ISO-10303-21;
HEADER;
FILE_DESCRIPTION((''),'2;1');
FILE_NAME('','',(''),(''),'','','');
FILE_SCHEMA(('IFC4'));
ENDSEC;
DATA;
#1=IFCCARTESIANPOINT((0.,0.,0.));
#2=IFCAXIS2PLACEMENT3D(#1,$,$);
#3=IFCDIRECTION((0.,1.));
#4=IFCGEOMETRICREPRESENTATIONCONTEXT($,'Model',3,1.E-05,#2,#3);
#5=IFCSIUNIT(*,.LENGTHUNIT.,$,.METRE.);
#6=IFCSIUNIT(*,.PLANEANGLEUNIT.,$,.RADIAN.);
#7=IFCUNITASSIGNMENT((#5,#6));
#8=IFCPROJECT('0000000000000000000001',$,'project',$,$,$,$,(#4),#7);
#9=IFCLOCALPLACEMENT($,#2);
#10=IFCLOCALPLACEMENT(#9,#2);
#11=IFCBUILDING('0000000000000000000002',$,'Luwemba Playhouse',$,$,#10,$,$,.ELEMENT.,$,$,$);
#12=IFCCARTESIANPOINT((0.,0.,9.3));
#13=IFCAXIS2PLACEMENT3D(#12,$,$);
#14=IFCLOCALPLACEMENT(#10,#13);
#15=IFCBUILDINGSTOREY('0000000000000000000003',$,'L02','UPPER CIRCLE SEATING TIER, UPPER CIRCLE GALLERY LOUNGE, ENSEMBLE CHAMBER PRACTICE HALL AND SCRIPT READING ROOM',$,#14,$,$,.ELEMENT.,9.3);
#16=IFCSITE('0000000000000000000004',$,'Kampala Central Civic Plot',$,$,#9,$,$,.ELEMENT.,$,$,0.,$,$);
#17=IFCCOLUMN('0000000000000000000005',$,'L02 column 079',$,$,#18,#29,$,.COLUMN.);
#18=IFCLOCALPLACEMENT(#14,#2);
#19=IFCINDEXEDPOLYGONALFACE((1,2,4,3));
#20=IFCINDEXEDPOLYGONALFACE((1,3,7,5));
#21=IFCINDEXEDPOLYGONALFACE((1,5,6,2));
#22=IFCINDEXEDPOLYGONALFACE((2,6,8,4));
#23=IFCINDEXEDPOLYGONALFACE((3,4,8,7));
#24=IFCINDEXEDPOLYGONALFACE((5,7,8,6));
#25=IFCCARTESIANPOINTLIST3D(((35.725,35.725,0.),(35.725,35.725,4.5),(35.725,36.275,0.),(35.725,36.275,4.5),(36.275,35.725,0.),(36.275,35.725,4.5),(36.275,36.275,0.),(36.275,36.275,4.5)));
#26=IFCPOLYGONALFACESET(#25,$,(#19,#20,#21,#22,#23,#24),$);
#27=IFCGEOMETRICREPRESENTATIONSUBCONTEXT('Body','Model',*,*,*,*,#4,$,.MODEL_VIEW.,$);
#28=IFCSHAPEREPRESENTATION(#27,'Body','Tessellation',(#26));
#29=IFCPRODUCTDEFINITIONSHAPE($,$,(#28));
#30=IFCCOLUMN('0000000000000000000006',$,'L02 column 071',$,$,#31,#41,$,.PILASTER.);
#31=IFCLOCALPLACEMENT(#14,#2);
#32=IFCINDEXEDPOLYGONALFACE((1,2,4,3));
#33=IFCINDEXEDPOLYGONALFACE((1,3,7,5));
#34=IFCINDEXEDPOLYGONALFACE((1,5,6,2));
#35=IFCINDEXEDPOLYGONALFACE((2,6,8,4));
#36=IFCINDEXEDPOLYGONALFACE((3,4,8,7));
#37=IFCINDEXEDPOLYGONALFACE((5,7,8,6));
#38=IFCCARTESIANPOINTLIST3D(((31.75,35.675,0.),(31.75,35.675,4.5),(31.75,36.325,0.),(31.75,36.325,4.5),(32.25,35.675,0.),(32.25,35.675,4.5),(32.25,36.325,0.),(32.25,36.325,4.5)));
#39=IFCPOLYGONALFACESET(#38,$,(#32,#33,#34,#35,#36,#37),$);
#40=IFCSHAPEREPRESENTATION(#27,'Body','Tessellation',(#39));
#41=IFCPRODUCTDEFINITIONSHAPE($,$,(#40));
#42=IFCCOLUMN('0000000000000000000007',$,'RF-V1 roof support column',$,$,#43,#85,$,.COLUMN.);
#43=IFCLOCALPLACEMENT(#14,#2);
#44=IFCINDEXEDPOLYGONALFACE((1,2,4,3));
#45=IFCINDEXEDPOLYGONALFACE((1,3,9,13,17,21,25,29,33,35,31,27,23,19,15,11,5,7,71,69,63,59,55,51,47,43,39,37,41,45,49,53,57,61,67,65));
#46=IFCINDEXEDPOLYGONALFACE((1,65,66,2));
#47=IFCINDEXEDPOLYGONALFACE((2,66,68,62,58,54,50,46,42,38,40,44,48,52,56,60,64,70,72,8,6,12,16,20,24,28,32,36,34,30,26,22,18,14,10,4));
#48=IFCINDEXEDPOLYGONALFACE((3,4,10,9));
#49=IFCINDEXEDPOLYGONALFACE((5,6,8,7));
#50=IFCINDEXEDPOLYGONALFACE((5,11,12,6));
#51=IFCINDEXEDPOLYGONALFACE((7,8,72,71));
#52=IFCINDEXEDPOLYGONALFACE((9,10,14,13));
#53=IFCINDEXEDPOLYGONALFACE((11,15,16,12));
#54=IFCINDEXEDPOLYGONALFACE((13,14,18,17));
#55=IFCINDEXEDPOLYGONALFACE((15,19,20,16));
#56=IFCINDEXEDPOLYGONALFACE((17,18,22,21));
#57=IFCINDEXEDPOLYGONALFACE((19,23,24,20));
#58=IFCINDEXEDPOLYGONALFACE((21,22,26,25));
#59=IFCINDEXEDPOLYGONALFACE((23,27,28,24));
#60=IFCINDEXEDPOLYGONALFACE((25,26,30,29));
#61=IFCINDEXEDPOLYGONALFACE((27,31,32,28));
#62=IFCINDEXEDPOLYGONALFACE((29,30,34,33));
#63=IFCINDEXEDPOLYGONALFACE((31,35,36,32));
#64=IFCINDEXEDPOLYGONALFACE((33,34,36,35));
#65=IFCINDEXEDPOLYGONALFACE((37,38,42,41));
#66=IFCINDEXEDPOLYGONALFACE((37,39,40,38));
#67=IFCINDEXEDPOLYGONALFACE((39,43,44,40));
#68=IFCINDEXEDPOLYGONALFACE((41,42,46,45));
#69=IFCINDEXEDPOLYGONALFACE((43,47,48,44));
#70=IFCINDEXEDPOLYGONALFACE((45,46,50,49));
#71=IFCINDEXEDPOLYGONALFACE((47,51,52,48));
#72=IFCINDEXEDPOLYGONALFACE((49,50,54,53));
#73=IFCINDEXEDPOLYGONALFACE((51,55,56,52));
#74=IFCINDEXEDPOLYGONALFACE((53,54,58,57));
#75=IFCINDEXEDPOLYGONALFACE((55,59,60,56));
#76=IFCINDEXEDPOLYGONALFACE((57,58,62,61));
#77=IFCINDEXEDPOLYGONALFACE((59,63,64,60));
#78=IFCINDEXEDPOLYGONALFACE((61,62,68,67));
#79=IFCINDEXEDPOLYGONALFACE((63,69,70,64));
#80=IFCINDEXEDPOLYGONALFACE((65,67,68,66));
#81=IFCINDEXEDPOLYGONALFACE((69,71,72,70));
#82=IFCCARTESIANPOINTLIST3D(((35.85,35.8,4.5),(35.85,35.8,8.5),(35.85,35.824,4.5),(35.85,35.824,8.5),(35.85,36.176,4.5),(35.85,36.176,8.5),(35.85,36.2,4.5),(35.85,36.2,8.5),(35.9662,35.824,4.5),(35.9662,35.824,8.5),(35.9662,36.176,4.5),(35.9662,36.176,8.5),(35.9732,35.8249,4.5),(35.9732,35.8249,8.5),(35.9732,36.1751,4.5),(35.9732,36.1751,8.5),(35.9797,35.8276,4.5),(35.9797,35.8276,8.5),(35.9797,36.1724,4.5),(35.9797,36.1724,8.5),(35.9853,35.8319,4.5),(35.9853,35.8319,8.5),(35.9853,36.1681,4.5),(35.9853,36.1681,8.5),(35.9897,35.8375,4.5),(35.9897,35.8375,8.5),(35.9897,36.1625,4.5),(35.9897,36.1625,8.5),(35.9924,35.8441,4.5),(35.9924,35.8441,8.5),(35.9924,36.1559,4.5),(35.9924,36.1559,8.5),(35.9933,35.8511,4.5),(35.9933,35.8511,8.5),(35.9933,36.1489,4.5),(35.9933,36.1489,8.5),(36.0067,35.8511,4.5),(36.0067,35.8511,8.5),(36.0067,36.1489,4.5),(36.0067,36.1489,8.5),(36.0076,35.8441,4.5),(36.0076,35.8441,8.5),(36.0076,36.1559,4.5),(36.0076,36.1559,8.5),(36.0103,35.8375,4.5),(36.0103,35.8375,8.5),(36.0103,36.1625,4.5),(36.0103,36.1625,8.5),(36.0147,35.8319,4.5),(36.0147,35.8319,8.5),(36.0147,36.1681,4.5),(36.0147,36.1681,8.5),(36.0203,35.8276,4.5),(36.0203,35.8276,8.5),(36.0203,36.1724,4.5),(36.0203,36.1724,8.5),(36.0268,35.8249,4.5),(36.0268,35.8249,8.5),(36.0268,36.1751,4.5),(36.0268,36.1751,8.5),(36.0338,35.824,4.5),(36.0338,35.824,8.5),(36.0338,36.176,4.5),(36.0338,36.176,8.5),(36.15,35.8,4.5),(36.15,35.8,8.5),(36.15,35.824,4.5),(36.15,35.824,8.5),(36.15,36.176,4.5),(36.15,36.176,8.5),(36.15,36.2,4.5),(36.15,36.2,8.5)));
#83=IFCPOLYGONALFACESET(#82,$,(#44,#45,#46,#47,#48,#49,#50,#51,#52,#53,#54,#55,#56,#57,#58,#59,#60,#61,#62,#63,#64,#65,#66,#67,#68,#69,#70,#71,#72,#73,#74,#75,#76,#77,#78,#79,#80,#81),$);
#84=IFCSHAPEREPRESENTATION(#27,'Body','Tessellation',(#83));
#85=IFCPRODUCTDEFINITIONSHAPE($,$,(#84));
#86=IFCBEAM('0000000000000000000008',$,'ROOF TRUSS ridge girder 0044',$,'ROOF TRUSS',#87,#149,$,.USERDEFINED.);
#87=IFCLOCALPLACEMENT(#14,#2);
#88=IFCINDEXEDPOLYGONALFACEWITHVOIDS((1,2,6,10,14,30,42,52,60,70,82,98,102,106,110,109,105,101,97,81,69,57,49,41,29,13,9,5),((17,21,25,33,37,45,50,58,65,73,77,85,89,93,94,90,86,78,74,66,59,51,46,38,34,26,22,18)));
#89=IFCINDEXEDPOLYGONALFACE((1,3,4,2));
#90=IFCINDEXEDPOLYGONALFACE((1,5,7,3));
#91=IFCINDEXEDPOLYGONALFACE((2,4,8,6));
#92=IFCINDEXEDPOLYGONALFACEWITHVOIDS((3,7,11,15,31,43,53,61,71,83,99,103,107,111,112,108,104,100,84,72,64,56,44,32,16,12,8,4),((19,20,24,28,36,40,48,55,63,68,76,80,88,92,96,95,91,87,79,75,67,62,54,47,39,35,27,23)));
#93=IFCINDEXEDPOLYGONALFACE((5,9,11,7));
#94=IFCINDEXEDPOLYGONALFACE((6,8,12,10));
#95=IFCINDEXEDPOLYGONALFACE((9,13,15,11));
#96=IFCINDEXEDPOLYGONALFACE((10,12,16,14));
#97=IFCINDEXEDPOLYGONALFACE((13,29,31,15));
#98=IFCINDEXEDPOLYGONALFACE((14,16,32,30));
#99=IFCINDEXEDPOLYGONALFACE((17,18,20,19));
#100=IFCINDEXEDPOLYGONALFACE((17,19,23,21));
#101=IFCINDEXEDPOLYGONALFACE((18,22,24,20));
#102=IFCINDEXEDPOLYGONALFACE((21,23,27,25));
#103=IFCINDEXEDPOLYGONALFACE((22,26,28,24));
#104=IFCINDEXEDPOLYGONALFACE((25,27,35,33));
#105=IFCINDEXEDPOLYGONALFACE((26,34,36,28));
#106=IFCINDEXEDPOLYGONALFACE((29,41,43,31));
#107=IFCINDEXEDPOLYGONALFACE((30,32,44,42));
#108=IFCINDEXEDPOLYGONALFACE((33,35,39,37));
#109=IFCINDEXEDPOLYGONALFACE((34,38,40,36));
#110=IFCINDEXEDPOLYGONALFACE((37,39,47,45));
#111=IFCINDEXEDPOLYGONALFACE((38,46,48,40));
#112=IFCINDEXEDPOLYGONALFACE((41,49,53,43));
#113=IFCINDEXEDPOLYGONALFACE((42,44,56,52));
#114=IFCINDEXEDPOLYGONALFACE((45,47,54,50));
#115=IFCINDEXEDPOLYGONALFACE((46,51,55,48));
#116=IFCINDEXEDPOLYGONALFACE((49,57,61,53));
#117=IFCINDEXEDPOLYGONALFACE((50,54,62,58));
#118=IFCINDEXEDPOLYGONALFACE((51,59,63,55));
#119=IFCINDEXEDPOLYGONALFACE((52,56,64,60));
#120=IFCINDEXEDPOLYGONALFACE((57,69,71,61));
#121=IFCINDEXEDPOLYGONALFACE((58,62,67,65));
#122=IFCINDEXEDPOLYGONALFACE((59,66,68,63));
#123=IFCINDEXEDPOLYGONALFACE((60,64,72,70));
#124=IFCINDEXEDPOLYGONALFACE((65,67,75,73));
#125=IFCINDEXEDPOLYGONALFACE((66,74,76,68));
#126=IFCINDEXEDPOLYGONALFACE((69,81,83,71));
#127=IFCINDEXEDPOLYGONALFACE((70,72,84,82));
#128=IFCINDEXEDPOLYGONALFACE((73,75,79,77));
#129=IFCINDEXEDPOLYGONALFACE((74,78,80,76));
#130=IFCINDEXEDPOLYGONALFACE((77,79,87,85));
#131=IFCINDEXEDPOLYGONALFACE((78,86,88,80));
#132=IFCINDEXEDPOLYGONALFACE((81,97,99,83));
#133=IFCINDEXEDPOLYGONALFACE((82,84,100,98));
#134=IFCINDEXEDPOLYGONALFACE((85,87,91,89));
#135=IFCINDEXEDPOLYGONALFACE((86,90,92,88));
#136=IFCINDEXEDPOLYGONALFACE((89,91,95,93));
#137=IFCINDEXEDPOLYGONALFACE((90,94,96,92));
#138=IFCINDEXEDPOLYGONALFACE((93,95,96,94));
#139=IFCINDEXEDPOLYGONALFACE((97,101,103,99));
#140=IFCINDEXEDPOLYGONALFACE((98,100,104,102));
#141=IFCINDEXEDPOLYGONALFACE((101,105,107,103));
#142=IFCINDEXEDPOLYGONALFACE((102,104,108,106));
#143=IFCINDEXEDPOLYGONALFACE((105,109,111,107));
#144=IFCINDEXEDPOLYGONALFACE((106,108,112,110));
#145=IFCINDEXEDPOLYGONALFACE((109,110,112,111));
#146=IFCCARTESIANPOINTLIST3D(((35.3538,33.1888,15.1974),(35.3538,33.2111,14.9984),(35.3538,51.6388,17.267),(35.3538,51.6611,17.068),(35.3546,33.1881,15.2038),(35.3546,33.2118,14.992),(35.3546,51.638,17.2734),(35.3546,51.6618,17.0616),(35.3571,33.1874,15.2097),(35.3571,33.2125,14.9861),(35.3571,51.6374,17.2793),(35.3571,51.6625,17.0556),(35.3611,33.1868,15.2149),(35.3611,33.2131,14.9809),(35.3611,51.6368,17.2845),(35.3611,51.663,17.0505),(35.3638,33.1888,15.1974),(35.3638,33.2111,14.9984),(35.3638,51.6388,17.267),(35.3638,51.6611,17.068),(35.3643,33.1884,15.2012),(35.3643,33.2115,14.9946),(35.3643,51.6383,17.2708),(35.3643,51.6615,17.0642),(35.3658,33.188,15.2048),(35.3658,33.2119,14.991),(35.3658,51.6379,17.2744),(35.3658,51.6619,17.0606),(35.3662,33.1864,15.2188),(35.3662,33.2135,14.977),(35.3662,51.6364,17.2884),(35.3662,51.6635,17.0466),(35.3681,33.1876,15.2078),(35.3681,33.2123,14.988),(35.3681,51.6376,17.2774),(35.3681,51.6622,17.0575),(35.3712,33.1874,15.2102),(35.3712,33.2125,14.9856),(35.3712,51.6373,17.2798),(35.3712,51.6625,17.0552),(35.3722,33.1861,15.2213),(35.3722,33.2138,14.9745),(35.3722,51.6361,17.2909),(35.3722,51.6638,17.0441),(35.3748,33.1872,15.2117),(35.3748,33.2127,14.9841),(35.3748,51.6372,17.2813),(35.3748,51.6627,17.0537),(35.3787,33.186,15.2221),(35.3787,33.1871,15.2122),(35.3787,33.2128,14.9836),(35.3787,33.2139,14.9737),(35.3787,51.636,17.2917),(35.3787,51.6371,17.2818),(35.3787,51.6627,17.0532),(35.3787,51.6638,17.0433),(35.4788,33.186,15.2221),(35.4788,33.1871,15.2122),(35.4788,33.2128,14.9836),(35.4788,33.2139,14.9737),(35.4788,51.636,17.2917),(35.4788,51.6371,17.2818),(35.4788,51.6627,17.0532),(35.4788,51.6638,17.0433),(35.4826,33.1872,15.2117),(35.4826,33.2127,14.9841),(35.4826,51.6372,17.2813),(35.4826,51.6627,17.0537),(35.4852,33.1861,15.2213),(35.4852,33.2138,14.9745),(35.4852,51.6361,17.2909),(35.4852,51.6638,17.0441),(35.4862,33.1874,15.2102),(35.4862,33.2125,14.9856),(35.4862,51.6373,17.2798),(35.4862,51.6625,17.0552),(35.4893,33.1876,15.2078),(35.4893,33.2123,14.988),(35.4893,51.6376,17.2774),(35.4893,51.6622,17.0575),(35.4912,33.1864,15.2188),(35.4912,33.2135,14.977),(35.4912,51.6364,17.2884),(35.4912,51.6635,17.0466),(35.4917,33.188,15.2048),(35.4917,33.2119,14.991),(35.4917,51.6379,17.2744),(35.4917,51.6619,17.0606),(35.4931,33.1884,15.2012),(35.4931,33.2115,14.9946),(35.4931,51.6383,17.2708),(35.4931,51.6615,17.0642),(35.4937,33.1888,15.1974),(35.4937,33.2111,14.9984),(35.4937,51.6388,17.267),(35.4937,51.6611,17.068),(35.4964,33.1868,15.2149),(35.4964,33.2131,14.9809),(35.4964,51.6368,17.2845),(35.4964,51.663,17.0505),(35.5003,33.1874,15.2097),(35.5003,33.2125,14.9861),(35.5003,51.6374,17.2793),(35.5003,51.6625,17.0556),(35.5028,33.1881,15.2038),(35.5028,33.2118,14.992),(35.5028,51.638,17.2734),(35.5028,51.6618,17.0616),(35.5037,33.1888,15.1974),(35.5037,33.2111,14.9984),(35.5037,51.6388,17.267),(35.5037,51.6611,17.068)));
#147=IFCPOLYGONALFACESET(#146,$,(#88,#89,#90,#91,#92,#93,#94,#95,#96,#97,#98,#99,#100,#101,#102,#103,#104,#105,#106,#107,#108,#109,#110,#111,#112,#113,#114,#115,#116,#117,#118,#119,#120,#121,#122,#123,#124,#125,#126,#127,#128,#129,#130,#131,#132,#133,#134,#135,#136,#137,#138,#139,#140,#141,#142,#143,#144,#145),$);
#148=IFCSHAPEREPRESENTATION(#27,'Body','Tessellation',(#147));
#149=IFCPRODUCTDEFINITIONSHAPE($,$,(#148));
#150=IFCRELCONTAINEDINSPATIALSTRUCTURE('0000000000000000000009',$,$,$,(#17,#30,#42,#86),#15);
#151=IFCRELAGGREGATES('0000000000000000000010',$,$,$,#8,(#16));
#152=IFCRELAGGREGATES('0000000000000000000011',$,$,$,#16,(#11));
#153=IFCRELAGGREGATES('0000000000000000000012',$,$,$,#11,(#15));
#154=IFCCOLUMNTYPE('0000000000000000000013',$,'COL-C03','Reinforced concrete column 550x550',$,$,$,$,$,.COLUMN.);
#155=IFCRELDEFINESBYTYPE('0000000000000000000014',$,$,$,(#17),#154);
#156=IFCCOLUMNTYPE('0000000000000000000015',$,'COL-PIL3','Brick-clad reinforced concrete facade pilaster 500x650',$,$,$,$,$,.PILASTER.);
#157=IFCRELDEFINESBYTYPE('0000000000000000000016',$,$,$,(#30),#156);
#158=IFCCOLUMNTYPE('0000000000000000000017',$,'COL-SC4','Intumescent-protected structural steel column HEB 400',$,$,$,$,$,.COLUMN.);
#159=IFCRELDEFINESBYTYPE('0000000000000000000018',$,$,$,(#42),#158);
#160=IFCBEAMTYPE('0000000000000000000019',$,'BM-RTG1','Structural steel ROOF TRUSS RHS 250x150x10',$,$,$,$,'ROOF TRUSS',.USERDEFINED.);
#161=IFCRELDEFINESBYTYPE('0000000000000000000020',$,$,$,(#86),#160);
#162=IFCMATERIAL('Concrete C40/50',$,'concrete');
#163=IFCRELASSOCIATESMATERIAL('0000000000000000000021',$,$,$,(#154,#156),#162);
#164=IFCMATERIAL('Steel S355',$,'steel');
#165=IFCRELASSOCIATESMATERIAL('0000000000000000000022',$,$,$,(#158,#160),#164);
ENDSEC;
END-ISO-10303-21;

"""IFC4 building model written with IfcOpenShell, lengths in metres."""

from ifc_helpers import new_model, si_unit, direction, frame, origin, origin_2d, place, context, subcontext, project, spatial, rectangle, hollow_rectangle, i_section, extrude, material, material_profile, profile_set, type_object, element, save


model = new_model("IFC4")

# Units and contexts
model_context = context("Model", 3, precision=1e-05, world=origin(), true_north=direction((0.0, 1.0)))
body_context = subcontext(model_context, "Body", "Model", "MODEL_VIEW")
ifc_project = project(units=[si_unit("LENGTHUNIT", "METRE"), si_unit("PLANEANGLEUNIT", "RADIAN")], contexts=[model_context])

# Site, building, storey
site_placement = place(None, origin())
site = spatial("IfcSite", under=ifc_project, at=site_placement, Name="Kampala Central Civic Plot", CompositionType="ELEMENT", RefElevation=0.0)
building_placement = place(site_placement, origin())
building = spatial("IfcBuilding", under=site, at=building_placement, Name="Luwemba Playhouse", CompositionType="ELEMENT")
storey_placement = place(building_placement, frame((0.0, 0.0, 9.3)))
storey = spatial("IfcBuildingStorey", under=building, at=storey_placement, Name="L02", Description="UPPER CIRCLE SEATING TIER, UPPER CIRCLE GALLERY LOUNGE, ENSEMBLE CHAMBER PRACTICE HALL AND SCRIPT READING ROOM", CompositionType="ELEMENT", Elevation=9.3)

# Columns
ifc_material_1 = material(Name="Concrete C40/50", Category="concrete")
ifc_material_profile_1 = material_profile(ifc_material_1, rectangle(XDim=0.55, YDim=0.55, at=origin_2d()))
ifc_profile_set_1 = profile_set([ifc_material_profile_1], Name="Concrete C40/50")
column_type_1 = type_object("IfcColumnType", Name="COL-C03", Description="Reinforced concrete column 550x550", PredefinedType="COLUMN", material=ifc_profile_set_1)
column_1_placement = place(storey_placement, frame((36.0, 36.0, 0.0), z_axis=(0.0, 0.0, 1.0), x_axis=(1.0, 0.0, 0.0)))
element("IfcColumn", 1, at=column_1_placement, inside=storey, type_object=column_type_1, Name="L02 column 079", PredefinedType="COLUMN", context=body_context, shape_type="SweptSolid", body=[
    extrude(rectangle(XDim=0.55, YDim=0.55, at=origin_2d()), origin(), (0.0, 0.0, 1.0), 4.5),
])
ifc_material_profile_2 = material_profile(ifc_material_1, rectangle(XDim=0.5, YDim=0.6499, at=origin_2d()))
ifc_profile_set_2 = profile_set([ifc_material_profile_2], Name="Concrete C40/50")
column_type_2 = type_object("IfcColumnType", Name="COL-PIL3", Description="Brick-clad reinforced concrete facade pilaster 500x650", PredefinedType="PILASTER", material=ifc_profile_set_2)
column_2_placement = place(storey_placement, frame((32.0, 36.0, 0.0), z_axis=(0.0, 0.0, 1.0), x_axis=(1.0, 0.0, 0.0)))
element("IfcColumn", 2, at=column_2_placement, inside=storey, type_object=column_type_2, Name="L02 column 071", PredefinedType="PILASTER", context=body_context, shape_type="SweptSolid", body=[
    extrude(rectangle(XDim=0.5, YDim=0.6499, at=origin_2d()), origin(), (0.0, 0.0, 1.0), 4.5),
])
ifc_material_2 = material(Name="Steel S355", Category="steel")
ifc_material_profile_3 = material_profile(ifc_material_2, i_section(OverallWidth=0.3, OverallDepth=0.3999, WebThickness=0.0134, FlangeThickness=0.0239, FilletRadius=0.0271, at=origin_2d()))
ifc_profile_set_3 = profile_set([ifc_material_profile_3], Name="Steel S355")
column_type_3 = type_object("IfcColumnType", Name="COL-SC4", Description="Intumescent-protected structural steel column HEB 400", PredefinedType="COLUMN", material=ifc_profile_set_3)
column_3_placement = place(storey_placement, frame((36.0, 36.0, 4.5), z_axis=(0.0, 0.0, 1.0), x_axis=(1.0, 0.0, 0.0)))
element("IfcColumn", 3, at=column_3_placement, inside=storey, type_object=column_type_3, Name="RF-V1 roof support column", PredefinedType="COLUMN", context=body_context, shape_type="SweptSolid", body=[
    extrude(i_section(OverallWidth=0.3, OverallDepth=0.3999, WebThickness=0.0134, FlangeThickness=0.0239, FilletRadius=0.0271, at=origin_2d()), origin(), (0.0, 0.0, 1.0), 4.0),
])

# Beam
ifc_material_profile_4 = material_profile(ifc_material_2, hollow_rectangle(XDim=0.1499, YDim=0.25, WallThickness=0.01, InnerFilletRadius=0.0149, OuterFilletRadius=0.0249, at=origin_2d()))
ifc_profile_set_4 = profile_set([ifc_material_profile_4], Name="Steel S355")
beam_type_1 = type_object("IfcBeamType", Name="BM-RTG1", Description="Structural steel ROOF TRUSS RHS 250x150x10", ElementType="ROOF TRUSS", PredefinedType="USERDEFINED", material=ifc_profile_set_4)
beam_1_placement = place(storey_placement, frame((35.4287, 33.2, 15.0979), z_axis=(0.0, 0.993767, 0.111474), x_axis=(-1.0, 0.0, 0.0)))
element("IfcBeam", 4, at=beam_1_placement, inside=storey, type_object=beam_type_1, Name="ROOF TRUSS ridge girder 0044", ObjectType="ROOF TRUSS", PredefinedType="USERDEFINED", context=body_context, shape_type="SweptSolid", body=[
    extrude(hollow_rectangle(XDim=0.1499, YDim=0.25, WallThickness=0.01, InnerFilletRadius=0.0149, OuterFilletRadius=0.0249, at=origin_2d()), origin(), (0.0, 0.0, 1.0), 18.5657),
])

save(model, "model.ifc")
